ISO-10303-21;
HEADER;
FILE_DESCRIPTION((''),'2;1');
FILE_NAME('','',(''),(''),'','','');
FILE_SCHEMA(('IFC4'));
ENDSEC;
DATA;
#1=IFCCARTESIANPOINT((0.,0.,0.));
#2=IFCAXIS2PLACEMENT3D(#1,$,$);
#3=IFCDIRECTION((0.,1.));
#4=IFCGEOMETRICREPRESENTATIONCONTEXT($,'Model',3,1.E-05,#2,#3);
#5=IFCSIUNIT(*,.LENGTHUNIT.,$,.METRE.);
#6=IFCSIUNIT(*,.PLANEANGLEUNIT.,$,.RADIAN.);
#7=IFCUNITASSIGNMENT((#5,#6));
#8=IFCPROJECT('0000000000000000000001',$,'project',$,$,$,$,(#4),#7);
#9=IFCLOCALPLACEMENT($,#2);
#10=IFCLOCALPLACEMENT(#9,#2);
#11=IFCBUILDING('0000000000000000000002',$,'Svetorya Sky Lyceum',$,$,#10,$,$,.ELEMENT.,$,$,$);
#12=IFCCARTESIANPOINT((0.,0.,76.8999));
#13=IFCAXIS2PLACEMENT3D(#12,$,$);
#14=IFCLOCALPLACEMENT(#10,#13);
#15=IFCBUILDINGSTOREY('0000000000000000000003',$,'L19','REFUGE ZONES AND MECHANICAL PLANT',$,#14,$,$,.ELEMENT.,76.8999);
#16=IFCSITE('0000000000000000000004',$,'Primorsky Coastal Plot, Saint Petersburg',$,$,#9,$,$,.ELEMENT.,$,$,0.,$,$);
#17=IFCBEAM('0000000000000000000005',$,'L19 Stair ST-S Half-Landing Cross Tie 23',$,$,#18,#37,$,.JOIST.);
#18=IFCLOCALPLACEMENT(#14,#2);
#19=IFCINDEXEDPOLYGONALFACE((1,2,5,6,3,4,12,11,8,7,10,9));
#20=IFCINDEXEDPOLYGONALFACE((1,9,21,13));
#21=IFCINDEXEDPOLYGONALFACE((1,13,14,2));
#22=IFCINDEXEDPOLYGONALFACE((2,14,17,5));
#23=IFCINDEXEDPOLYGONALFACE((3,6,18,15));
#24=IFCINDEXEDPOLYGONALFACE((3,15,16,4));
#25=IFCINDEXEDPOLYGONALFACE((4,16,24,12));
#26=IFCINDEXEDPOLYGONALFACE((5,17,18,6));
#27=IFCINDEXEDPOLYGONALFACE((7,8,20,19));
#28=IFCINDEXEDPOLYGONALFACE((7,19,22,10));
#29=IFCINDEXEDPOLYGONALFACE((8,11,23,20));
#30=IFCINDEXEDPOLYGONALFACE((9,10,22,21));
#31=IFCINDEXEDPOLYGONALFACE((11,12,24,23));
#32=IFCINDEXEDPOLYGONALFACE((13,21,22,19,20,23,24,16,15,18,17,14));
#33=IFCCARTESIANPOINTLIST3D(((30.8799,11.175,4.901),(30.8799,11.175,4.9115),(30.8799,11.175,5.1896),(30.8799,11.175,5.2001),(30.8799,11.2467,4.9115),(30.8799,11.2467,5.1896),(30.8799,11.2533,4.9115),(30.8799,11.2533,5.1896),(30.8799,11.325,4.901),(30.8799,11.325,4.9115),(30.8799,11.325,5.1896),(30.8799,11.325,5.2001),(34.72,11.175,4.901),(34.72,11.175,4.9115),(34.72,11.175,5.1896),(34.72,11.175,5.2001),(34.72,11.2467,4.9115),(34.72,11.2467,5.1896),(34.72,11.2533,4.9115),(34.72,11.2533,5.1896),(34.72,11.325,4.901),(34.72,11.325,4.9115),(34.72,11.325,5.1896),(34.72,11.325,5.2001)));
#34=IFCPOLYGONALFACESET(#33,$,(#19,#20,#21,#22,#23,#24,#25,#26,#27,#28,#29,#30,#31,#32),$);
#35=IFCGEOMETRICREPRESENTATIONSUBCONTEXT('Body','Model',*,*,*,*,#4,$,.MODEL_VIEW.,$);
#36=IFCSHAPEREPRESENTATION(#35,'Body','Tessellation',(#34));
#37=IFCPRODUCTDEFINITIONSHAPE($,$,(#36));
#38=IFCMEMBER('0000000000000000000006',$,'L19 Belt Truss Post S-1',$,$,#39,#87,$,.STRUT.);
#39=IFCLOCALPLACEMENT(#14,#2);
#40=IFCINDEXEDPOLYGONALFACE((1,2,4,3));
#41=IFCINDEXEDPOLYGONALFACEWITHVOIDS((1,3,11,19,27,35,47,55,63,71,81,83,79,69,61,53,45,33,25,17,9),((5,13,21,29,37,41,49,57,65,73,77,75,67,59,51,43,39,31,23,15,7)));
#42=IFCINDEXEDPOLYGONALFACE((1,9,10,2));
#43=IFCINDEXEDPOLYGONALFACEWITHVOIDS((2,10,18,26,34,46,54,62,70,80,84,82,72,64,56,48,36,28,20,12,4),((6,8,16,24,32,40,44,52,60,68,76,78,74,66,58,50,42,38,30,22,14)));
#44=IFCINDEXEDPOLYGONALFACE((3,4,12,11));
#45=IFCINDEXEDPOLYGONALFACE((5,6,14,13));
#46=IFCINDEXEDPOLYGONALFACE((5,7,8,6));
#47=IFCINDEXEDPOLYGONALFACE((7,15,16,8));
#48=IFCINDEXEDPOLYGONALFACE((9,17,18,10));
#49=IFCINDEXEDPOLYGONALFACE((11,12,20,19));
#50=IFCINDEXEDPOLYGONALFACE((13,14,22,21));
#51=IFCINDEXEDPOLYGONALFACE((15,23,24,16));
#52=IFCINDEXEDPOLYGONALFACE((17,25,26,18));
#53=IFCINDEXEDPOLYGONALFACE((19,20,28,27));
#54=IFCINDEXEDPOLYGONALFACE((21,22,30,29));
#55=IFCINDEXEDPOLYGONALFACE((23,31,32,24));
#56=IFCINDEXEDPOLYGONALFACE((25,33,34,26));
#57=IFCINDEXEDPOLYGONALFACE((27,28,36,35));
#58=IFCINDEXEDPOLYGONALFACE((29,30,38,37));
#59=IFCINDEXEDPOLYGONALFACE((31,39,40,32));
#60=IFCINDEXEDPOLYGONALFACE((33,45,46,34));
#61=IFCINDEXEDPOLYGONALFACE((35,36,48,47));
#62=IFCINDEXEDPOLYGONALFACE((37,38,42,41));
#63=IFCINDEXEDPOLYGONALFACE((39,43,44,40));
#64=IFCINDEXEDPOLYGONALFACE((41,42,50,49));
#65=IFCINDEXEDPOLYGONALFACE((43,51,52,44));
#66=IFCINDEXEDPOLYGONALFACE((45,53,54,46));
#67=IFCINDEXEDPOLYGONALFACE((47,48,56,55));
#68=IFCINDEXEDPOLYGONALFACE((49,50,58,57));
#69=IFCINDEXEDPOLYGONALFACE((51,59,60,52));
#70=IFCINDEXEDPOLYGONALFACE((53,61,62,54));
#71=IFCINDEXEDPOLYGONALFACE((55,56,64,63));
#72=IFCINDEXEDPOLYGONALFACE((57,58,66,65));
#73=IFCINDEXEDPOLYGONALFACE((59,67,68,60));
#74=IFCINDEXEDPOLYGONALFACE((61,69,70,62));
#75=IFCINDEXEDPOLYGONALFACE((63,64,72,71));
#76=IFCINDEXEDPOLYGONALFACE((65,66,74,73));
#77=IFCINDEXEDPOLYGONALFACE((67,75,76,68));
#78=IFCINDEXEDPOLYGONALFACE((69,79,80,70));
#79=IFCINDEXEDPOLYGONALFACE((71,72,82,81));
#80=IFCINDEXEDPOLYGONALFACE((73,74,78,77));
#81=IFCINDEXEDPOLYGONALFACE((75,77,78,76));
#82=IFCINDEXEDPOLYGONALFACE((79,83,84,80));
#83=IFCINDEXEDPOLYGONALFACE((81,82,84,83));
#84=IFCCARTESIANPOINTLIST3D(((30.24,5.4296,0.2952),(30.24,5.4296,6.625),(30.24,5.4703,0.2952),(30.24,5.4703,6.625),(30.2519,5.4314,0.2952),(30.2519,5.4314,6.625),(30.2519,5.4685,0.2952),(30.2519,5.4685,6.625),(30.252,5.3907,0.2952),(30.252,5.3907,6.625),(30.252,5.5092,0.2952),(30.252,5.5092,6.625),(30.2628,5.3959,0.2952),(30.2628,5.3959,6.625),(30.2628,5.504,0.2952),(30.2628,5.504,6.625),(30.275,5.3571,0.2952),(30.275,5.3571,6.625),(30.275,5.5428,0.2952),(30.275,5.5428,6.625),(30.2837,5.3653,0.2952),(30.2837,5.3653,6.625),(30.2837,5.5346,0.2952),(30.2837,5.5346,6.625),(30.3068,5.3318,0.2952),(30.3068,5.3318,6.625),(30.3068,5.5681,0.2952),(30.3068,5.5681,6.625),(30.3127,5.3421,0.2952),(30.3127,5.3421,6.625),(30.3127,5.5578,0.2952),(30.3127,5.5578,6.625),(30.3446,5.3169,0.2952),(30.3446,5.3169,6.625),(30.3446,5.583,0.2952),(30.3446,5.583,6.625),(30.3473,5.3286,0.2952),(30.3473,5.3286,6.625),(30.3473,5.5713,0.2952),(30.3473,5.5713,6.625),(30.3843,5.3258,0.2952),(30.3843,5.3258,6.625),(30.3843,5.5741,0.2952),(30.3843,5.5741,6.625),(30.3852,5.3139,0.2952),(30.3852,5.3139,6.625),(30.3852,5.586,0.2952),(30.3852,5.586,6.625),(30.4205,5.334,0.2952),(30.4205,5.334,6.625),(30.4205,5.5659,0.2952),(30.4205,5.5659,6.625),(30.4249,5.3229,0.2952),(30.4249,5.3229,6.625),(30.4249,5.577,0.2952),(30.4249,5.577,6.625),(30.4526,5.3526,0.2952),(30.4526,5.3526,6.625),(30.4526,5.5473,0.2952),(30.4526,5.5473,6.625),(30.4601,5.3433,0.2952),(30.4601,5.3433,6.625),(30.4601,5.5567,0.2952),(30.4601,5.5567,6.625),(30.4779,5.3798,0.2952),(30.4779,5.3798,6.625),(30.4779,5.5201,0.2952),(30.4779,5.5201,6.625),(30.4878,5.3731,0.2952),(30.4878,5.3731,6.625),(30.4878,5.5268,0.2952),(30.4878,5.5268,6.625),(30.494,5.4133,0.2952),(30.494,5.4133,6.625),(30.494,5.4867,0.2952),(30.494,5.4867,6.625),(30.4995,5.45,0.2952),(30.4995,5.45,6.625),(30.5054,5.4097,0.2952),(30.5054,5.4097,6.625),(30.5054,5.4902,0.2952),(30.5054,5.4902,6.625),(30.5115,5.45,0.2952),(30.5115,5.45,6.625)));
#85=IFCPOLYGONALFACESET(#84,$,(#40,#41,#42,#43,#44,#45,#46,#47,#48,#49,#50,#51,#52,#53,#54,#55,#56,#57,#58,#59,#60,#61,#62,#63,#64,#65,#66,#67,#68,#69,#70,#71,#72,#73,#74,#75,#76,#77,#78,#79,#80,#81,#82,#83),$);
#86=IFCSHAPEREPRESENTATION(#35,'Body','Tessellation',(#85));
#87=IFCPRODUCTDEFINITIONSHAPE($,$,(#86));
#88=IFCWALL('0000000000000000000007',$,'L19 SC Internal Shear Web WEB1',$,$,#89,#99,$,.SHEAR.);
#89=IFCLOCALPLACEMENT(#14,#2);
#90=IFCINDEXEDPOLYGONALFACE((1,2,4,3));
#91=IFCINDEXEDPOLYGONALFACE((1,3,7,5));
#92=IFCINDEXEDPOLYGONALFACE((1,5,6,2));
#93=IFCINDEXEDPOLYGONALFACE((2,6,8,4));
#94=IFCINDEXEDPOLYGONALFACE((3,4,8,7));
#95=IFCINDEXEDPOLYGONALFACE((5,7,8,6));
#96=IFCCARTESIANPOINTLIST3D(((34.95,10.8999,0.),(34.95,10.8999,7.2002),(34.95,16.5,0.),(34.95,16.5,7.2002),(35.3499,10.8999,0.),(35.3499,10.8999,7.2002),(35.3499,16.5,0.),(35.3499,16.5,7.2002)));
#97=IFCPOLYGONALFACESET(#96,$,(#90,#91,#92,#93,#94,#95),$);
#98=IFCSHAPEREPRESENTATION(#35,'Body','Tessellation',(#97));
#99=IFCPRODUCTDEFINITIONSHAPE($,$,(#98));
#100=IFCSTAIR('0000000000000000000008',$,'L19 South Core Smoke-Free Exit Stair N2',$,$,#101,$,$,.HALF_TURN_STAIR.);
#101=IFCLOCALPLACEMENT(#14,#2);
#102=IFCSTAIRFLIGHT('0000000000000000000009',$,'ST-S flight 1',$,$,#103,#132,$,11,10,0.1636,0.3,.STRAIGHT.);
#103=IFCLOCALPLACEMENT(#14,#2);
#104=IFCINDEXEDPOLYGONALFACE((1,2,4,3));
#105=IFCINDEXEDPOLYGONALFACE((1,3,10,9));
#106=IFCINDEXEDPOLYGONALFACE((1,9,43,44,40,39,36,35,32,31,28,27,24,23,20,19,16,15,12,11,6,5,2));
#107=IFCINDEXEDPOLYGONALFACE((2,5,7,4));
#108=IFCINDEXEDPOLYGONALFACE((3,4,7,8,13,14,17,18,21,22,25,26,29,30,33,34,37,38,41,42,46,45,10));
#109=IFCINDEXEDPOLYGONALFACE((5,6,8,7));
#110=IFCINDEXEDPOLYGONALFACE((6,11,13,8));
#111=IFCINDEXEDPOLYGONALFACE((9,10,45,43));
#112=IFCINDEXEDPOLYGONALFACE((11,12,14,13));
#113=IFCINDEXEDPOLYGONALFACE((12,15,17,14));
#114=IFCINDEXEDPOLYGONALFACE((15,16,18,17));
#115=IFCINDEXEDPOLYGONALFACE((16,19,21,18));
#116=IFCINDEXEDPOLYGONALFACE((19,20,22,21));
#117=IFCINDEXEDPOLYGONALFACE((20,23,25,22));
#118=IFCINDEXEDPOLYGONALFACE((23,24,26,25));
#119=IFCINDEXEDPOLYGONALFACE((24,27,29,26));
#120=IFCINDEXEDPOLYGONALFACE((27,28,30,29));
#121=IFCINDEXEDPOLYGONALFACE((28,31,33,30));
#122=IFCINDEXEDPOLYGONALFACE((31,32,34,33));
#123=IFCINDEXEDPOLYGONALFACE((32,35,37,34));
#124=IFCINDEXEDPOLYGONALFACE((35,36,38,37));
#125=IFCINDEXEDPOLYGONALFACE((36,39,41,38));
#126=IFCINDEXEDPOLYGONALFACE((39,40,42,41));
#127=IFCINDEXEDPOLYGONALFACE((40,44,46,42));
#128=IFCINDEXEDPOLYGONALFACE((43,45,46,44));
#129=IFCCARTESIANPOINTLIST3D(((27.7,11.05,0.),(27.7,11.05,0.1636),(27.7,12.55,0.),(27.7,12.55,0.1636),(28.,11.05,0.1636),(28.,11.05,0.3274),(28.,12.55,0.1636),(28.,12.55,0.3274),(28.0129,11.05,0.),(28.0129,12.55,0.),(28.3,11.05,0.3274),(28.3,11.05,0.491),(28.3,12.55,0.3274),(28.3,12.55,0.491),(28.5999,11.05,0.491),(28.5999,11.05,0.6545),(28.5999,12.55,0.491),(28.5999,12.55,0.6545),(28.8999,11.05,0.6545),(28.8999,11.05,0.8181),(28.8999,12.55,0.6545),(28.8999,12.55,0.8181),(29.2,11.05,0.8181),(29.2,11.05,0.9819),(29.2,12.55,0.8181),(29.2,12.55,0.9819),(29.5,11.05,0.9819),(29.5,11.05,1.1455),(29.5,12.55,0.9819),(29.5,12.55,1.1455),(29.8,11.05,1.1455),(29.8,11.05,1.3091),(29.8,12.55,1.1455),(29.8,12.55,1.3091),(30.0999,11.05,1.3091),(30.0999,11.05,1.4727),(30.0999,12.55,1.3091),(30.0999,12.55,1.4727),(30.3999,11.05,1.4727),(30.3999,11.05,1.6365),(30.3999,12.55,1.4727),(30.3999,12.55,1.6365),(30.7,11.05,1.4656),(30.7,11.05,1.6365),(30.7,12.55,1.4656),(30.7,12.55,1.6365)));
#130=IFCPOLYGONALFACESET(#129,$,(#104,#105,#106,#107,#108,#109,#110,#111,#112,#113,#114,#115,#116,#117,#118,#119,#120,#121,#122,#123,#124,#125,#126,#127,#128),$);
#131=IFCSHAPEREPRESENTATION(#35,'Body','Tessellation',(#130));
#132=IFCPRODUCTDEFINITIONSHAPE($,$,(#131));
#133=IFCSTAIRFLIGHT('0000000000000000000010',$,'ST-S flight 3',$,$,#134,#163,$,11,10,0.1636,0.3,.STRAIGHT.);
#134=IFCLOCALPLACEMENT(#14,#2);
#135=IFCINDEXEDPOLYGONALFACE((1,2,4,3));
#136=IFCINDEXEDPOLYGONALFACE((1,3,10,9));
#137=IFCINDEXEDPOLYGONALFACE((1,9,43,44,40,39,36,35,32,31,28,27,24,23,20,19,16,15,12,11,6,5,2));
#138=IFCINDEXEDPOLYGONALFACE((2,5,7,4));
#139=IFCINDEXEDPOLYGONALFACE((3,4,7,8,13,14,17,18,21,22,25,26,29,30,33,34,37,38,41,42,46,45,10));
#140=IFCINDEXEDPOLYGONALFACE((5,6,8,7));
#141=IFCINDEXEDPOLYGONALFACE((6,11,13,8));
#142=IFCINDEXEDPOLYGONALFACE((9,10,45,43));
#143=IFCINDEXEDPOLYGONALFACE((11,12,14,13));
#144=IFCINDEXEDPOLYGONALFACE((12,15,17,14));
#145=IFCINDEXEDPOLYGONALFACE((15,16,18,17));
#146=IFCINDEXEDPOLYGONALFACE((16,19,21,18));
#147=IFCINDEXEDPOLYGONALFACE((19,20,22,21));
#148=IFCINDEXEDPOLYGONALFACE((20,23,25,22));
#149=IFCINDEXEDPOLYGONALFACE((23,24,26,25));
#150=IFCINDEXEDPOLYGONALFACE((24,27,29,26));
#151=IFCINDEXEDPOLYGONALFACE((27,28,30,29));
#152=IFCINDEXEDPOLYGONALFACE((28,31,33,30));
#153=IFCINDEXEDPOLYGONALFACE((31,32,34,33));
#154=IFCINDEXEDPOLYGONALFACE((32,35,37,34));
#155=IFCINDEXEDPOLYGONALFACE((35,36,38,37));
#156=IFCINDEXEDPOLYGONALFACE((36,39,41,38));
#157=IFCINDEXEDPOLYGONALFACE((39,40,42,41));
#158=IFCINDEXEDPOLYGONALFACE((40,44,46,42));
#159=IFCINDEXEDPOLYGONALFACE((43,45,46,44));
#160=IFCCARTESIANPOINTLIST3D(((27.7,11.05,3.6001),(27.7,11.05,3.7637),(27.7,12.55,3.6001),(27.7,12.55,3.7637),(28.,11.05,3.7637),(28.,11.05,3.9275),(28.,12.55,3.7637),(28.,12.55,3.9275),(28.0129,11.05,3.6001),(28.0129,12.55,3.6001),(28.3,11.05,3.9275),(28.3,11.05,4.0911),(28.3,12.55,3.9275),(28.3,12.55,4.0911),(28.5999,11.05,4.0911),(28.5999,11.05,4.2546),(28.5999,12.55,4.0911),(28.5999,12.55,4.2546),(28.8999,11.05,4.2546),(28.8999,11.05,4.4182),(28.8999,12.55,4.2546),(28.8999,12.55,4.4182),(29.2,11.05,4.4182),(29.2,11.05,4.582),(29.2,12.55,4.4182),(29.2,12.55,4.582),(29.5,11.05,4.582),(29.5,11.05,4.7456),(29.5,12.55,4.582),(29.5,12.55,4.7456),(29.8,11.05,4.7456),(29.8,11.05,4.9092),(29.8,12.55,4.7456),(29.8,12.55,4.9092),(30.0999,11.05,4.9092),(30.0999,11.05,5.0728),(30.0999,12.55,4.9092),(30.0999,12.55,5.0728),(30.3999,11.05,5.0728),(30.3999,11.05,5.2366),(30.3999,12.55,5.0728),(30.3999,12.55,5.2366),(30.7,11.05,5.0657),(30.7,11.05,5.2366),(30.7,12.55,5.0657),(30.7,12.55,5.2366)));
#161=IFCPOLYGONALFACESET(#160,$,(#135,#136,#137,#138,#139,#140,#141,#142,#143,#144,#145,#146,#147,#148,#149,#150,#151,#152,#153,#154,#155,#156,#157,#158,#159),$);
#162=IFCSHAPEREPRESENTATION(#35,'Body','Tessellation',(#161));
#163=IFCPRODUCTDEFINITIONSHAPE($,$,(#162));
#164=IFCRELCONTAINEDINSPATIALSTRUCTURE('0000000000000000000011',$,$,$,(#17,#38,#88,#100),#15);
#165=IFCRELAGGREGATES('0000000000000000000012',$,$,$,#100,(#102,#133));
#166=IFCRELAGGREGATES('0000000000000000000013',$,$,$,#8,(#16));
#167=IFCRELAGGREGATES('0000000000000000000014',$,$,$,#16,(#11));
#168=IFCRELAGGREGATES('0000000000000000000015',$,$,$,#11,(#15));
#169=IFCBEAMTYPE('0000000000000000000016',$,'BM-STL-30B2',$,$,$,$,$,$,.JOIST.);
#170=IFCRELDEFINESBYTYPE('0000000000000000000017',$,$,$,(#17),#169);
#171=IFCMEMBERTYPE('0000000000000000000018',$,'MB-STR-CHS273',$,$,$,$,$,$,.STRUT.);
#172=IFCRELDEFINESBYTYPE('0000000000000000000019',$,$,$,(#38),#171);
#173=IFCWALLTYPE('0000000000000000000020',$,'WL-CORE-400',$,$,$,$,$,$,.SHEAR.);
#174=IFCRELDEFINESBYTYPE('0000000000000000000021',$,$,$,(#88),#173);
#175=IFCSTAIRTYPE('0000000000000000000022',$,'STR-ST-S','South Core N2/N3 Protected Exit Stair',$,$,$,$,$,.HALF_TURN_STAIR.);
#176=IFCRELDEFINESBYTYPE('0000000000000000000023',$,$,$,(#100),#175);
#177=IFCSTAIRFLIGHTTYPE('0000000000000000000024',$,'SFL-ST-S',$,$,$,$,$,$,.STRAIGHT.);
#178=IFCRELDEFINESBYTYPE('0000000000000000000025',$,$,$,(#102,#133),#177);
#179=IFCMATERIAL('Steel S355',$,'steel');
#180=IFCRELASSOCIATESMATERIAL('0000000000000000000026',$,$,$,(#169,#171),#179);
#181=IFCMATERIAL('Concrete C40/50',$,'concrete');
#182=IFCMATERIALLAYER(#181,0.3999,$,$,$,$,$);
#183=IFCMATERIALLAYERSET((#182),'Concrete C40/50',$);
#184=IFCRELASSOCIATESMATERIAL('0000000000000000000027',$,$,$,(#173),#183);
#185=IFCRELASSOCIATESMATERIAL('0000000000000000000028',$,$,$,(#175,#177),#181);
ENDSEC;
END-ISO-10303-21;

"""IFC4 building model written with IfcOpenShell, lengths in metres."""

from ifc_helpers import new_model, si_unit, direction, frame, frame_2d, origin, origin_2d, place, context, subcontext, project, spatial, polyline, rectangle, hollow_circle, i_section, outline, extrude, material, layer, layer_set, material_profile, profile_set, type_object, element, aggregate, save


model = new_model("IFC4")

# Units and contexts
model_context = context("Model", 3, precision=1e-05, world=origin(), true_north=direction((0.0, 1.0)))
body_context = subcontext(model_context, "Body", "Model", "MODEL_VIEW")
ifc_project = project(units=[si_unit("LENGTHUNIT", "METRE"), si_unit("PLANEANGLEUNIT", "RADIAN")], contexts=[model_context])

# Site, building, storey
site_placement = place(None, origin())
site = spatial("IfcSite", under=ifc_project, at=site_placement, Name="Primorsky Coastal Plot, Saint Petersburg", CompositionType="ELEMENT", RefElevation=0.0)
building_placement = place(site_placement, origin())
building = spatial("IfcBuilding", under=site, at=building_placement, Name="Svetorya Sky Lyceum", CompositionType="ELEMENT")
storey_placement = place(building_placement, frame((0.0, 0.0, 76.8999)))
storey = spatial("IfcBuildingStorey", under=building, at=storey_placement, Name="L19", Description="REFUGE ZONES AND MECHANICAL PLANT", CompositionType="ELEMENT", Elevation=76.8999)

# Beam
ifc_material_1 = material(Name="Steel S355", Category="steel")
ifc_material_profile_1 = material_profile(ifc_material_1, i_section(OverallWidth=0.1499, OverallDepth=0.2991, WebThickness=0.0066, FlangeThickness=0.0105, at=origin_2d()), Name="GOST 30B2")
ifc_profile_set_1 = profile_set([ifc_material_profile_1], Name="Steel S355")
beam_type = type_object("IfcBeamType", Name="BM-STL-30B2", PredefinedType="JOIST", material=ifc_profile_set_1)
beam_1_placement = place(storey_placement, frame((30.8799, 11.25, 5.0505), z_axis=(1.0, 0.0, 0.0), x_axis=(0.0, 1.0, 0.0)))
element("IfcBeam", 1, at=beam_1_placement, inside=storey, type_object=beam_type, Name="L19 Stair ST-S Half-Landing Cross Tie 23", PredefinedType="JOIST", context=body_context, shape_type="SweptSolid", body=[
    extrude(i_section(OverallWidth=0.1499, OverallDepth=0.2991, WebThickness=0.0066, FlangeThickness=0.0105, at=origin_2d()), origin(), (0.0, 0.0, 1.0), 3.8401),
])

# Member
ifc_material_profile_2 = material_profile(ifc_material_1, hollow_circle(Radius=0.1365, WallThickness=0.012, at=origin_2d()), Name="CHS 273x12")
ifc_profile_set_2 = profile_set([ifc_material_profile_2], Name="Steel S355")
member_type = type_object("IfcMemberType", Name="MB-STR-CHS273", PredefinedType="STRUT", material=ifc_profile_set_2)
member_placement = place(storey_placement, frame((30.375, 5.45, 0.2952), z_axis=(0.0, 0.0, 1.0), x_axis=(1.0, 0.0, 0.0)))
element("IfcMember", 2, at=member_placement, inside=storey, type_object=member_type, Name="L19 Belt Truss Post S-1", PredefinedType="STRUT", context=body_context, shape_type="SweptSolid", body=[
    extrude(hollow_circle(Radius=0.1365, WallThickness=0.012, at=origin_2d()), origin(), (0.0, 0.0, 1.0), 6.3298),
])

# Wall
ifc_material_2 = material(Name="Concrete C40/50", Category="concrete")
ifc_layer_1 = layer(ifc_material_2, 0.3999)
ifc_layer_set_1 = layer_set([ifc_layer_1], Name="Concrete C40/50")
wall_type = type_object("IfcWallType", Name="WL-CORE-400", PredefinedType="SHEAR", material=ifc_layer_set_1)
wall_placement = place(storey_placement, frame((35.1499, 10.8999, 0.0), z_axis=(0.0, 0.0, 1.0), x_axis=(0.0, 1.0, 0.0)))
element("IfcWall", 3, at=wall_placement, inside=storey, type_object=wall_type, Name="L19 SC Internal Shear Web WEB1", PredefinedType="SHEAR", context=body_context, shape_type="SweptSolid", body=[
    extrude(rectangle(XDim=5.6001, YDim=0.3999, at=frame_2d((2.8, 0.0))), origin(), (0.0, 0.0, 1.0), 7.2002),
])

# Stair, stair flights
stair_type = type_object("IfcStairType", Name="STR-ST-S", Description="South Core N2/N3 Protected Exit Stair", PredefinedType="HALF_TURN_STAIR", material=ifc_material_2)
stair_placement = place(storey_placement, origin())
stair = element("IfcStair", 4, at=stair_placement, inside=storey, type_object=stair_type, Name="L19 South Core Smoke-Free Exit Stair N2", PredefinedType="HALF_TURN_STAIR")
stair_flight_type = type_object("IfcStairFlightType", Name="SFL-ST-S", PredefinedType="STRAIGHT", material=ifc_material_2)
stair_flight_1_placement = place(storey_placement, frame((27.7, 11.8, 0.0), z_axis=(0.0, 0.0, 1.0), x_axis=(1.0, 0.0, 0.0)))
stair_flight_1 = element("IfcStairFlight", 5, at=stair_flight_1_placement, type_object=stair_flight_type, Name="ST-S flight 1", NumberOfRisers=11, NumberOfTreads=10, PredefinedType="STRAIGHT", RiserHeight=0.1636, TreadLength=0.3, context=body_context, shape_type="SweptSolid", body=[
    extrude(outline(polyline([(0.0, 0.0), (0.0, 0.1636), (0.3, 0.1636), (0.3, 0.3274), (0.6001, 0.3274), (0.6001, 0.491), (0.8999, 0.491), (0.8999, 0.6545), (1.2, 0.6545), (1.2, 0.8181), (1.5, 0.8181), (1.5, 0.9819), (1.8, 0.9819), (1.8, 1.1455), (2.1001, 1.1455), (2.1001, 1.3091), (2.3999, 1.3091), (2.3999, 1.4727), (2.7, 1.4727), (2.7, 1.6365), (3.0, 1.6365), (3.0, 1.8), (3.0, 1.4656), (0.313, 0.0), (0.0, 0.0)])), frame((0.0, 0.75, 0.0), z_axis=(0.0, -1.0, 0.0), x_axis=(1.0, 0.0, 0.0)), (0.0, 0.0, 1.0), 1.5),
])
stair_flight_2_placement = place(storey_placement, frame((27.7, 11.8, 3.6001), z_axis=(0.0, 0.0, 1.0), x_axis=(1.0, 0.0, 0.0)))
stair_flight_2 = element("IfcStairFlight", 6, at=stair_flight_2_placement, type_object=stair_flight_type, Name="ST-S flight 3", NumberOfRisers=11, NumberOfTreads=10, PredefinedType="STRAIGHT", RiserHeight=0.1636, TreadLength=0.3, context=body_context, shape_type="SweptSolid", body=[
    extrude(outline(polyline([(0.0, 0.0), (0.0, 0.1636), (0.3, 0.1636), (0.3, 0.3274), (0.6001, 0.3274), (0.6001, 0.491), (0.8999, 0.491), (0.8999, 0.6545), (1.2, 0.6545), (1.2, 0.8181), (1.5, 0.8181), (1.5, 0.9819), (1.8, 0.9819), (1.8, 1.1455), (2.1001, 1.1455), (2.1001, 1.3091), (2.3999, 1.3091), (2.3999, 1.4727), (2.7, 1.4727), (2.7, 1.6365), (3.0, 1.6365), (3.0, 1.8), (3.0, 1.4656), (0.313, 0.0), (0.0, 0.0)])), frame((0.0, 0.75, 0.0), z_axis=(0.0, -1.0, 0.0), x_axis=(1.0, 0.0, 0.0)), (0.0, 0.0, 1.0), 1.5),
])
aggregate(stair, [stair_flight_1, stair_flight_2])

save(model, "model.ifc")
